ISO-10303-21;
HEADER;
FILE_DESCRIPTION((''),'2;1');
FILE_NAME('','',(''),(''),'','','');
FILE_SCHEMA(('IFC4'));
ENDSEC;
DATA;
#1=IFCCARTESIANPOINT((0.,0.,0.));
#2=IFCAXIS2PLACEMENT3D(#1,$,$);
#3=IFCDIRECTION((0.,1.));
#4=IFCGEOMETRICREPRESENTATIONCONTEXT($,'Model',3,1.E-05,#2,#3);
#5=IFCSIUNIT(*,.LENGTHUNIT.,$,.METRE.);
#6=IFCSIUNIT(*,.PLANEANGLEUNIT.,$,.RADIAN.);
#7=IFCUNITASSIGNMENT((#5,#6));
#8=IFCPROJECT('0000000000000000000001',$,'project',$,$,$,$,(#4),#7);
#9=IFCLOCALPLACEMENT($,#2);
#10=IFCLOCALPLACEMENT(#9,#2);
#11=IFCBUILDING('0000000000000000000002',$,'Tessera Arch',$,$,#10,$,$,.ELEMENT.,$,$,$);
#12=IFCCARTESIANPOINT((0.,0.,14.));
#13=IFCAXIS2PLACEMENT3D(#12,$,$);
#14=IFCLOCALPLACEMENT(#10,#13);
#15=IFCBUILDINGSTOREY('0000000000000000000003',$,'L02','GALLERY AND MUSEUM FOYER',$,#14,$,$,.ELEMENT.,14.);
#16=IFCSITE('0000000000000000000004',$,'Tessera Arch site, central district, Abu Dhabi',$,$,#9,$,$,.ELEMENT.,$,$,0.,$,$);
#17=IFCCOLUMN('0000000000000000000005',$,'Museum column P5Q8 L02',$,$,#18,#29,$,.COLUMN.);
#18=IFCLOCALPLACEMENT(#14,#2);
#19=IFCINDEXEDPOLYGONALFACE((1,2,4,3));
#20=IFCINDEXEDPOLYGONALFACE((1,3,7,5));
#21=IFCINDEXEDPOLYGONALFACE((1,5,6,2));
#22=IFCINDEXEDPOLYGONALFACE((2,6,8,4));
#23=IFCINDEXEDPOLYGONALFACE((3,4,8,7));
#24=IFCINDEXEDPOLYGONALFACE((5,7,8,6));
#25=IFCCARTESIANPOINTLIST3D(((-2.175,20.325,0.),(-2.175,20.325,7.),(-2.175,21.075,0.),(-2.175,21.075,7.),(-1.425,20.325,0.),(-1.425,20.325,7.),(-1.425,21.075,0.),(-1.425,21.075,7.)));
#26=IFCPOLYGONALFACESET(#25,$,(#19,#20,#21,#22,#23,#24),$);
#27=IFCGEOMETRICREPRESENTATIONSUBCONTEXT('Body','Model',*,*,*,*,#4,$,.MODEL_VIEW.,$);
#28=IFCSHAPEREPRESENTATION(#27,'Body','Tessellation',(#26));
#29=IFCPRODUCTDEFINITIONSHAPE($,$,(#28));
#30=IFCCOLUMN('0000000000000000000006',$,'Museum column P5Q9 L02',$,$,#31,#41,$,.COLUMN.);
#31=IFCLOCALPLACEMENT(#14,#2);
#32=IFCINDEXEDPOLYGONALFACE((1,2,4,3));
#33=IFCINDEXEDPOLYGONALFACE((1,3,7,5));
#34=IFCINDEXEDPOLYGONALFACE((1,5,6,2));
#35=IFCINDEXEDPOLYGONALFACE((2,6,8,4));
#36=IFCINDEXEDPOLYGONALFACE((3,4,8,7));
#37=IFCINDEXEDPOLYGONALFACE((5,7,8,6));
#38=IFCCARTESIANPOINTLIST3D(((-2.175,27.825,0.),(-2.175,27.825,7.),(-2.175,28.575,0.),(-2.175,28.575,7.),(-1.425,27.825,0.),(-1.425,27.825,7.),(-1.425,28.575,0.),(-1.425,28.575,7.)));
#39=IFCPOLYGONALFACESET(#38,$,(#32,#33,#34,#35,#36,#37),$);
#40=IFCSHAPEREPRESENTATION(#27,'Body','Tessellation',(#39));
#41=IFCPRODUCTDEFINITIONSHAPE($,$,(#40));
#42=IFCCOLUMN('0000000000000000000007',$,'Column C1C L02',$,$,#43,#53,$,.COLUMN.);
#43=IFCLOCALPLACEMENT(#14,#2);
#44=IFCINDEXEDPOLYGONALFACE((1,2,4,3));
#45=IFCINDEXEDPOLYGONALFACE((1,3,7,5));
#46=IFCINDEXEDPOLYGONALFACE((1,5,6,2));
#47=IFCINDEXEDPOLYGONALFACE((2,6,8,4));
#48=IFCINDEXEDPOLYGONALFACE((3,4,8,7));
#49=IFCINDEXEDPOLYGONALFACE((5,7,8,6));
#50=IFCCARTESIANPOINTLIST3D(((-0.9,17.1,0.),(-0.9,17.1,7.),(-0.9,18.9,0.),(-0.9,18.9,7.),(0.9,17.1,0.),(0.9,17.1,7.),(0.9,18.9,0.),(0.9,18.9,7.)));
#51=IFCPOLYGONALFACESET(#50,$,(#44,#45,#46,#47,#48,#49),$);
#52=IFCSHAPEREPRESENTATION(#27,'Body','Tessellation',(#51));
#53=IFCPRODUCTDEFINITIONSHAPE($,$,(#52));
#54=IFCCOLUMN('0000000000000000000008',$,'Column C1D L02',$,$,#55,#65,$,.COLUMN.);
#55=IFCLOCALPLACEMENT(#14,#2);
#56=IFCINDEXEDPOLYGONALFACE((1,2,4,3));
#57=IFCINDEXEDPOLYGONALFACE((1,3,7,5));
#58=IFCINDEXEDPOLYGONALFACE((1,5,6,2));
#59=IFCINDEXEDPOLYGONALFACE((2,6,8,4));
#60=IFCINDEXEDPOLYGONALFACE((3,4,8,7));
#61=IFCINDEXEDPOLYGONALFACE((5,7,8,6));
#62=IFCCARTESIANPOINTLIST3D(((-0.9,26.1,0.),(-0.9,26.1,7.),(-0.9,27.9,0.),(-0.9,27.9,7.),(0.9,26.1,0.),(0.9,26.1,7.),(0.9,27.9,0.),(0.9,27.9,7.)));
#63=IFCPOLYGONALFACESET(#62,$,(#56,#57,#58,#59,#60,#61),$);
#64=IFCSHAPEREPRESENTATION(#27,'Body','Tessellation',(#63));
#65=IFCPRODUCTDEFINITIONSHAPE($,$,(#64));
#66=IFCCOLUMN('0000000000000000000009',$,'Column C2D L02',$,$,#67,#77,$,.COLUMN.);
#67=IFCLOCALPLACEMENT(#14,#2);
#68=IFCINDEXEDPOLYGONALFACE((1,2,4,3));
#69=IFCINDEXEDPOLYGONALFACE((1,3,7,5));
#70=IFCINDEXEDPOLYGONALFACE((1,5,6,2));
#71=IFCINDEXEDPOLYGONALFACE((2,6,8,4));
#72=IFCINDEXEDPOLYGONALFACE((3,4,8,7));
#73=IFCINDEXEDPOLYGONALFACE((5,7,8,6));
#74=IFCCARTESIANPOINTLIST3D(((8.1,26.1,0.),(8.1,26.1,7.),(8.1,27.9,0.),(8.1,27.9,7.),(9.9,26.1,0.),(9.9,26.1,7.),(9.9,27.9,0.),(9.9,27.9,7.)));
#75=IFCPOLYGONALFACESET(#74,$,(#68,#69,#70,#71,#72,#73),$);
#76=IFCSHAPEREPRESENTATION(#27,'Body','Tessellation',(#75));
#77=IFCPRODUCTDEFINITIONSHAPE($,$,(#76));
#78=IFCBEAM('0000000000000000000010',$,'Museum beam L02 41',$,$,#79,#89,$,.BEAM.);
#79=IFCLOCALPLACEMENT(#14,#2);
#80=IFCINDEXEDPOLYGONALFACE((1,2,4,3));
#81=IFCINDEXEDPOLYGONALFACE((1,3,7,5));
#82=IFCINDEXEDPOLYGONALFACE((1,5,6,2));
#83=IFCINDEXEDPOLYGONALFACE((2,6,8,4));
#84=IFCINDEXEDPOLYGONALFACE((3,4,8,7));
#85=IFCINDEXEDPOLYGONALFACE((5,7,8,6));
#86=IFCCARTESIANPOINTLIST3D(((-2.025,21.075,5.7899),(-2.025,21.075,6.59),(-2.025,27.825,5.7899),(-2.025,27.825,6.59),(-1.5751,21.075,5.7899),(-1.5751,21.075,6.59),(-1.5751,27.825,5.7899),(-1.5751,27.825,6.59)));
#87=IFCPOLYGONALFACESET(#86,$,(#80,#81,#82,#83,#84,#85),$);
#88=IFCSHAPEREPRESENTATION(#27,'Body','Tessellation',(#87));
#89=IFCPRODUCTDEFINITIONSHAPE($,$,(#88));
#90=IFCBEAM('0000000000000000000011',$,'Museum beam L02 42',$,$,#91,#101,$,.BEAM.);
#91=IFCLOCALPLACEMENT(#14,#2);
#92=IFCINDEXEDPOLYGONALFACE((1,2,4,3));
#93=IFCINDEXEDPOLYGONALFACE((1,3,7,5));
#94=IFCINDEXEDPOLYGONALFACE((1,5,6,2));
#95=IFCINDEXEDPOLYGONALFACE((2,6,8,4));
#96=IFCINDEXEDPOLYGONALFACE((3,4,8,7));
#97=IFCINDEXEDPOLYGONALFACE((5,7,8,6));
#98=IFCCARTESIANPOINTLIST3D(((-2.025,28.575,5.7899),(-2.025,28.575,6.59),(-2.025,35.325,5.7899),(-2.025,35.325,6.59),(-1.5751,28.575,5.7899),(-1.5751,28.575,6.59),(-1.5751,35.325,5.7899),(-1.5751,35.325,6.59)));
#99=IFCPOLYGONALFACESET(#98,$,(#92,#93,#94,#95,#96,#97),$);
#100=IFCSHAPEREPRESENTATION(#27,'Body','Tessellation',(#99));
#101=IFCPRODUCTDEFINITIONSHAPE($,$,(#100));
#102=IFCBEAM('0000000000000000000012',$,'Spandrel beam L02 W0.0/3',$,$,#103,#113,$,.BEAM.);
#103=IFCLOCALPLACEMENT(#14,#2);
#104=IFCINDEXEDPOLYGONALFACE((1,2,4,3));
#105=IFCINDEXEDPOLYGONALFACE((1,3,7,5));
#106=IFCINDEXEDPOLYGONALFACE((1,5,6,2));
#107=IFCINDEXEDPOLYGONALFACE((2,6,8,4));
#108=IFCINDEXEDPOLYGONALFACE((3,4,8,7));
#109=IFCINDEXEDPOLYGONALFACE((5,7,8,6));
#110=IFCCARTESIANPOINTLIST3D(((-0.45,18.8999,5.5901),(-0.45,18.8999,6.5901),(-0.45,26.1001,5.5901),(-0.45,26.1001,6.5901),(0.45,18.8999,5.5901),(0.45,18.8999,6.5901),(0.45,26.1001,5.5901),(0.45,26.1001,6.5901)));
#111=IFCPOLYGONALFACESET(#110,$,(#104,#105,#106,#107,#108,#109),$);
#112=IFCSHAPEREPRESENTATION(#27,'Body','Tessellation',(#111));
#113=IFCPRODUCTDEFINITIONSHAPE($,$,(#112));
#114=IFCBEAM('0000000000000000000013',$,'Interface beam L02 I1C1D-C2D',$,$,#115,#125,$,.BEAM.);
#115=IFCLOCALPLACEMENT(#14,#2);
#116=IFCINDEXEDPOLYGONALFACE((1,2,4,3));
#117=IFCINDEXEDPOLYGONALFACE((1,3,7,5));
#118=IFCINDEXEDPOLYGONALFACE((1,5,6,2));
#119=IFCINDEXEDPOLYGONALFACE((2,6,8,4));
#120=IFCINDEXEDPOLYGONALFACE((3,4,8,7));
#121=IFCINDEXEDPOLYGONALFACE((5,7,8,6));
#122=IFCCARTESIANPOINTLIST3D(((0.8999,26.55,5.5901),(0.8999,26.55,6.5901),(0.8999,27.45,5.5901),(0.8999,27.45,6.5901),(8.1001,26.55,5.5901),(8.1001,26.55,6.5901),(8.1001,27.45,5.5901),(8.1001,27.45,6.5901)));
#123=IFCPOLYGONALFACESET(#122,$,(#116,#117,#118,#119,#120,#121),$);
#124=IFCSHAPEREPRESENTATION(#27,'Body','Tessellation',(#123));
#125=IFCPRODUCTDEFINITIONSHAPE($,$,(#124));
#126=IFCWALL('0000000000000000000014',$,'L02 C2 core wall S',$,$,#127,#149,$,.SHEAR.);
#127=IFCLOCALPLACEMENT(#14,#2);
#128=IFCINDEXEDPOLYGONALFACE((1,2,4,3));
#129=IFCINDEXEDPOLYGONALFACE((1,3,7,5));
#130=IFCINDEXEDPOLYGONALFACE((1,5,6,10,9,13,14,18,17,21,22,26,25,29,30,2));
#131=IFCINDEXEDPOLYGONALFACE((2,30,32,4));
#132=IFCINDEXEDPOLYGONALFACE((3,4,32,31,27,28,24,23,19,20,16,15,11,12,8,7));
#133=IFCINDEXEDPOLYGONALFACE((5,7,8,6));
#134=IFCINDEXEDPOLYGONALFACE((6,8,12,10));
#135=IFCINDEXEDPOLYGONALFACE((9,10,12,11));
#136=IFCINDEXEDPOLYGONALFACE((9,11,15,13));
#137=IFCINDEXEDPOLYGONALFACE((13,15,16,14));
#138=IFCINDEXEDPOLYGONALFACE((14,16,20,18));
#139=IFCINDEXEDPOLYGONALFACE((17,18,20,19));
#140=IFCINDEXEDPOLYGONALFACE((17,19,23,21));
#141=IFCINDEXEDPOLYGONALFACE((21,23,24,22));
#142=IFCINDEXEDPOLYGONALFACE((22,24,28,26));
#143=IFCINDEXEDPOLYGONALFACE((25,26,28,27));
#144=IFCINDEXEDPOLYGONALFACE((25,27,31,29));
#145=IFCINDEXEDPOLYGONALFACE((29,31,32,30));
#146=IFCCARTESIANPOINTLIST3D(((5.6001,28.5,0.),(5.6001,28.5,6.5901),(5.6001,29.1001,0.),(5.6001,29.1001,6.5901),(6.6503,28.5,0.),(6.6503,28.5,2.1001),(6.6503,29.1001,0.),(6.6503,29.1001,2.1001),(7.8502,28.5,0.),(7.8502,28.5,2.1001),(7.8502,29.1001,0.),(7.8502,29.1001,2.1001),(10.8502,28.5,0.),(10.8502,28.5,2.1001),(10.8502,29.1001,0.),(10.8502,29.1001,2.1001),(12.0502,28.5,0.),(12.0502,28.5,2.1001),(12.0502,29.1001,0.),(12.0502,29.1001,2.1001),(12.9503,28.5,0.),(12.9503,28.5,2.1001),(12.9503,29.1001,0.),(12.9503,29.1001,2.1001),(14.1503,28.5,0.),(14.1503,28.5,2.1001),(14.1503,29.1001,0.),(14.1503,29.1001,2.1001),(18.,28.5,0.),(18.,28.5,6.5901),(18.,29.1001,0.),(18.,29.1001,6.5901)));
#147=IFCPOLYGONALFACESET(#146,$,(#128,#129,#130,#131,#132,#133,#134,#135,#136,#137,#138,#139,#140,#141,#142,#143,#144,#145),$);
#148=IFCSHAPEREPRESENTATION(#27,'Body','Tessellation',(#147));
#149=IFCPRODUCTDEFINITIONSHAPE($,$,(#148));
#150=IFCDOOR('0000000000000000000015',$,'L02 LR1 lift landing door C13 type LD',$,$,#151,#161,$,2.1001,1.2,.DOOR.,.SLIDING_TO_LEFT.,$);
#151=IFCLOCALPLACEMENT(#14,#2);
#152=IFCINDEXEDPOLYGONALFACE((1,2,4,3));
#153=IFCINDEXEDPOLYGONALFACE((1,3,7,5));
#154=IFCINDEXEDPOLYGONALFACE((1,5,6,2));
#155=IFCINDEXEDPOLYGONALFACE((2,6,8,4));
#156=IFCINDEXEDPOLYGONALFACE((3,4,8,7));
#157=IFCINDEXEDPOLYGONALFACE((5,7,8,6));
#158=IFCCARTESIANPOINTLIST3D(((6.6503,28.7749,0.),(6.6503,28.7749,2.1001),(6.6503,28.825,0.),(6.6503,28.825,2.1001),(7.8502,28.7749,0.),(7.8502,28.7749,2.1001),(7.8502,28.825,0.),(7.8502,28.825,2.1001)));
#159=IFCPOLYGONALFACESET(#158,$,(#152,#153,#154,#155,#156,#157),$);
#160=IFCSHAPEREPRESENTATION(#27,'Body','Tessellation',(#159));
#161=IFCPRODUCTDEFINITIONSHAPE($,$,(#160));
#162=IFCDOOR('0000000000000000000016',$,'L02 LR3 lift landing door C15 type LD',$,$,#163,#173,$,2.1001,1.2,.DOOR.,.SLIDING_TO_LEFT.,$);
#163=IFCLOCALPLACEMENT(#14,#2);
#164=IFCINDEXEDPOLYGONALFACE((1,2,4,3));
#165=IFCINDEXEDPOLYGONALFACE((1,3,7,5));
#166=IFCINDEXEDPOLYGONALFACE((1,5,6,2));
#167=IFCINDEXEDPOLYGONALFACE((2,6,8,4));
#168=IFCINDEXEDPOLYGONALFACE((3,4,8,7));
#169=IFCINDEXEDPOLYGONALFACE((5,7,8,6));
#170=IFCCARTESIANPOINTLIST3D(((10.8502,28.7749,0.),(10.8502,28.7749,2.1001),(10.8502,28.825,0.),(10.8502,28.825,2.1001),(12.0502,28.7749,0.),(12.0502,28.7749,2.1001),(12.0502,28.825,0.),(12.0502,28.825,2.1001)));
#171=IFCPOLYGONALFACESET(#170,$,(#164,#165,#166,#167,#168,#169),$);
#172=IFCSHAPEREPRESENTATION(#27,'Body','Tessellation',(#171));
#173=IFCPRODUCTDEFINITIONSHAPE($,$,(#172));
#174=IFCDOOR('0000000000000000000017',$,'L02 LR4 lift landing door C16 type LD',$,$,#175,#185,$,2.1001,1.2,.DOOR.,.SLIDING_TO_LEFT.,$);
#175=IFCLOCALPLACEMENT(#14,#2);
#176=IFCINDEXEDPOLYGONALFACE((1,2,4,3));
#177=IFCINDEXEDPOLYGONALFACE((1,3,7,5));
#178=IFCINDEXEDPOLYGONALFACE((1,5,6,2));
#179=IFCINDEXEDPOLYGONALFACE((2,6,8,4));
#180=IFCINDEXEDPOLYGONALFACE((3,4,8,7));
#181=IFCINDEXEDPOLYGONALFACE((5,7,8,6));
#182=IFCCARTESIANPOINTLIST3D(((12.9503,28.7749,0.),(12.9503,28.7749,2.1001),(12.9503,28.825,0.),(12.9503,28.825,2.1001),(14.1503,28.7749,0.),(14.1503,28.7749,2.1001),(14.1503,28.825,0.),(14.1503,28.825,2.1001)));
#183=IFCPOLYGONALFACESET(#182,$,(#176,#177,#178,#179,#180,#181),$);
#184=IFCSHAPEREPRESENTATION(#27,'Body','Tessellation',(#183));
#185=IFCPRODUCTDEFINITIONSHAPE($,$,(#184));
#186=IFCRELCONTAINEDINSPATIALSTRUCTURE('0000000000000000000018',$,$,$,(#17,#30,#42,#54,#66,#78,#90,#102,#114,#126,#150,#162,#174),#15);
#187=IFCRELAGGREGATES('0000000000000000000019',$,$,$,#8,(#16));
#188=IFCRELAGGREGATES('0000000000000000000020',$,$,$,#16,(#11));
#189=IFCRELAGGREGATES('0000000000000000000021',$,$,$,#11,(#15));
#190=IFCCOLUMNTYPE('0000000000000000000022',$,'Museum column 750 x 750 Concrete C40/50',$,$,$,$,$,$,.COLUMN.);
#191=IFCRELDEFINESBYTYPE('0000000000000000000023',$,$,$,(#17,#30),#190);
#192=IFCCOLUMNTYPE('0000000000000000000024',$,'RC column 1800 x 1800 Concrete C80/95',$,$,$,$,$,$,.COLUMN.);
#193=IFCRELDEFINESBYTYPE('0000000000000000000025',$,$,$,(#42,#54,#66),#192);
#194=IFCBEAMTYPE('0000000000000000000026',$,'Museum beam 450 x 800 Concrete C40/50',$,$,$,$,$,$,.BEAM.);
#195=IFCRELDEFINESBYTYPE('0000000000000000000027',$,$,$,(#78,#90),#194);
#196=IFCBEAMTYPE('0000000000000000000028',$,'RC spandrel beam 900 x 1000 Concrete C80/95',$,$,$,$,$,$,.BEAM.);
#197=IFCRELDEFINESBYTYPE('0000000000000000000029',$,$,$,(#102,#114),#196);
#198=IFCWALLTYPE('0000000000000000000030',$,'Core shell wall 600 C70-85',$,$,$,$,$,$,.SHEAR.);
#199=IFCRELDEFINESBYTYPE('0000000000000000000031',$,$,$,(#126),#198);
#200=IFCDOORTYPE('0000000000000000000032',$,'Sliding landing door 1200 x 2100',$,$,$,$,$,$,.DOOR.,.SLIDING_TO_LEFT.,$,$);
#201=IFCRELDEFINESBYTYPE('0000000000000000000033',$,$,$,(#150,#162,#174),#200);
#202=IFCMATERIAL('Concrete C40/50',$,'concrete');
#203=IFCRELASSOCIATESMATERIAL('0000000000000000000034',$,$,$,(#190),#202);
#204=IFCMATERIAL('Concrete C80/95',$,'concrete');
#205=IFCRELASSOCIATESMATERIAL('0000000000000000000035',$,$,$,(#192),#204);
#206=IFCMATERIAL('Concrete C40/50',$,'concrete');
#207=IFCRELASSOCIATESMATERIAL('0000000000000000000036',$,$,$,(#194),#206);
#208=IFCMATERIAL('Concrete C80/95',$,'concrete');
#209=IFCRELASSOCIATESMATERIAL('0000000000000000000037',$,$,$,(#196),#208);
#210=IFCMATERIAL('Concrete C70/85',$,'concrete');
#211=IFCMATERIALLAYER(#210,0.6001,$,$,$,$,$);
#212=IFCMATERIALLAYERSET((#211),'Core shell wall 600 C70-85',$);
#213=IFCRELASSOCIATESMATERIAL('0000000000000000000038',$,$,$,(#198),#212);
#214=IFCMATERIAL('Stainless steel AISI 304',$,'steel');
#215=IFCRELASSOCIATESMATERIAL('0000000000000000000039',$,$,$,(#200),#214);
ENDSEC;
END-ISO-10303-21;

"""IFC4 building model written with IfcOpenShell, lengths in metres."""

from ifc_helpers import new_model, si_unit, direction, frame, frame_2d, origin, origin_2d, place, context, subcontext, project, spatial, rectangle, extrude, material, layer, layer_set, material_profile, profile_set, type_object, element, fill, save


model = new_model("IFC4")

# Units and contexts
model_context = context("Model", 3, precision=1e-05, world=origin(), true_north=direction((0.0, 1.0)))
body_context = subcontext(model_context, "Body", "Model", "MODEL_VIEW")
ifc_project = project(units=[si_unit("LENGTHUNIT", "METRE"), si_unit("PLANEANGLEUNIT", "RADIAN")], contexts=[model_context])

# Site, building, storey
site_placement = place(None, origin())
site = spatial("IfcSite", under=ifc_project, at=site_placement, Name="Tessera Arch site, central district, Abu Dhabi", CompositionType="ELEMENT", RefElevation=0.0)
building_placement = place(site_placement, origin())
building = spatial("IfcBuilding", under=site, at=building_placement, Name="Tessera Arch", CompositionType="ELEMENT")
storey_placement = place(building_placement, frame((0.0, 0.0, 14.0)))
storey = spatial("IfcBuildingStorey", under=building, at=storey_placement, Name="L02", Description="GALLERY AND MUSEUM FOYER", CompositionType="ELEMENT", Elevation=14.0)

# Columns
ifc_material_1 = material(Name="Concrete C40/50", Category="concrete")
ifc_material_profile_1 = material_profile(ifc_material_1, rectangle(XDim=0.75, YDim=0.75, at=origin_2d()), Name="Museum column 750 x 750 Concrete C40/50")
ifc_profile_set_1 = profile_set([ifc_material_profile_1], Name="Concrete C40/50")
column_type_1 = type_object("IfcColumnType", Name="Museum column 750 x 750 Concrete C40/50", PredefinedType="COLUMN", material=ifc_profile_set_1)
for number, where, z_axis, x_axis, name in (
    (1, (-1.8, 20.7, 0.0), (0.0, 0.0, 1.0), (1.0, 0.0, 0.0), "Museum column P5Q8 L02"),
    (2, (-1.8, 28.2, 0.0), (0.0, 0.0, 1.0), (1.0, 0.0, 0.0), "Museum column P5Q9 L02"),
):
    element("IfcColumn", number, at=place(storey_placement, frame(where, z_axis=z_axis, x_axis=x_axis)), inside=storey, type_object=column_type_1, Name=name, PredefinedType="COLUMN", context=body_context, shape_type="SweptSolid", body=[
        extrude(rectangle(XDim=0.75, YDim=0.75, at=origin_2d()), origin(), (0.0, 0.0, 1.0), 7.0),
    ])
ifc_material_2 = material(Name="Concrete C80/95", Category="concrete")
ifc_material_profile_2 = material_profile(ifc_material_2, rectangle(XDim=1.8, YDim=1.8, at=origin_2d()), Name="RC column 1800 x 1800 Concrete C80/95")
ifc_profile_set_2 = profile_set([ifc_material_profile_2], Name="Concrete C80/95")
column_type_2 = type_object("IfcColumnType", Name="RC column 1800 x 1800 Concrete C80/95", PredefinedType="COLUMN", material=ifc_profile_set_2)
for number, where, z_axis, x_axis, name in (
    (3, (0.0, 18.0, 0.0), (0.0, 0.0, 1.0), (1.0, 0.0, 0.0), "Column C1C L02"),
    (4, (0.0, 27.0, 0.0), (0.0, 0.0, 1.0), (1.0, 0.0, 0.0), "Column C1D L02"),
    (5, (9.0, 27.0, 0.0), (0.0, 0.0, 1.0), (1.0, 0.0, 0.0), "Column C2D L02"),
):
    element("IfcColumn", number, at=place(storey_placement, frame(where, z_axis=z_axis, x_axis=x_axis)), inside=storey, type_object=column_type_2, Name=name, PredefinedType="COLUMN", context=body_context, shape_type="SweptSolid", body=[
        extrude(rectangle(XDim=1.8, YDim=1.8, at=origin_2d()), origin(), (0.0, 0.0, 1.0), 7.0),
    ])

# Beams
ifc_material_3 = material(Name="Concrete C40/50", Category="concrete")
ifc_material_profile_3 = material_profile(ifc_material_3, rectangle(XDim=0.45, YDim=0.8, at=origin_2d()), Name="Museum beam 450 x 800 Concrete C40/50")
ifc_profile_set_3 = profile_set([ifc_material_profile_3], Name="Concrete C40/50")
beam_type_1 = type_object("IfcBeamType", Name="Museum beam 450 x 800 Concrete C40/50", PredefinedType="BEAM", material=ifc_profile_set_3)
for number, where, z_axis, x_axis, name in (
    (6, (-1.8, 21.075, 6.1899), (0.0, 1.0, 0.0), (-1.0, 0.0, 0.0), "Museum beam L02 41"),
    (7, (-1.8, 28.575, 6.1899), (0.0, 1.0, 0.0), (-1.0, 0.0, 0.0), "Museum beam L02 42"),
):
    element("IfcBeam", number, at=place(storey_placement, frame(where, z_axis=z_axis, x_axis=x_axis)), inside=storey, type_object=beam_type_1, Name=name, PredefinedType="BEAM", context=body_context, shape_type="SweptSolid", body=[
        extrude(rectangle(XDim=0.45, YDim=0.8, at=origin_2d()), origin(), (0.0, 0.0, 1.0), 6.75),
    ])
ifc_material_4 = material(Name="Concrete C80/95", Category="concrete")
ifc_material_profile_4 = material_profile(ifc_material_4, rectangle(XDim=0.8999, YDim=1.0, at=origin_2d()), Name="RC spandrel beam 900 x 1000 Concrete C80/95")
ifc_profile_set_4 = profile_set([ifc_material_profile_4], Name="Concrete C80/95")
beam_type_2 = type_object("IfcBeamType", Name="RC spandrel beam 900 x 1000 Concrete C80/95", PredefinedType="BEAM", material=ifc_profile_set_4)
for number, where, z_axis, x_axis, name in (
    (8, (0.0, 26.1001, 6.0901), (0.0, -1.0, 0.0), (1.0, 0.0, 0.0), "Spandrel beam L02 W0.0/3"),
    (9, (0.8999, 27.0, 6.0901), (1.0, 0.0, 0.0), (0.0, 1.0, 0.0), "Interface beam L02 I1C1D-C2D"),
):
    element("IfcBeam", number, at=place(storey_placement, frame(where, z_axis=z_axis, x_axis=x_axis)), inside=storey, type_object=beam_type_2, Name=name, PredefinedType="BEAM", context=body_context, shape_type="SweptSolid", body=[
        extrude(rectangle(XDim=0.8999, YDim=1.0, at=origin_2d()), origin(), (0.0, 0.0, 1.0), 7.2002),
    ])

# Wall, openings, doors
ifc_material_5 = material(Name="Concrete C70/85", Category="concrete")
ifc_layer_1 = layer(ifc_material_5, 0.6001)
ifc_layer_set_1 = layer_set([ifc_layer_1], Name="Core shell wall 600 C70-85")
wall_type_1 = type_object("IfcWallType", Name="Core shell wall 600 C70-85", PredefinedType="SHEAR", material=ifc_layer_set_1)
wall_1_placement = place(storey_placement, frame((5.6001, 28.8, 0.0), z_axis=(0.0, 0.0, 1.0), x_axis=(1.0, 0.0, 0.0)))
wall_1 = element("IfcWall", 10, at=wall_1_placement, inside=storey, type_object=wall_type_1, Name="L02 C2 core wall S", PredefinedType="SHEAR", context=body_context, shape_type="SweptSolid", body=[
    extrude(rectangle(XDim=12.3999, YDim=0.6001, at=frame_2d((6.2, 0.0))), origin(), (0.0, 0.0, 1.0), 6.5901),
])
opening_1_placement = place(wall_1_placement, frame((1.05, 0.0, 0.0)))
opening_1 = element("IfcOpeningElement", 11, at=opening_1_placement, cuts=wall_1, PredefinedType="OPENING", context=body_context, shape_type="SweptSolid", body=[
    extrude(rectangle(XDim=1.2, YDim=2.1001, at=frame_2d((0.6001, 1.05))), frame((0.0, 0.3101, 0.0), z_axis=(0.0, -1.0, 0.0), x_axis=(1.0, 0.0, 0.0)), (0.0, 0.0, 1.0), 0.6201),
])
opening_2_placement = place(wall_1_placement, frame((5.25, 0.0, 0.0)))
opening_2 = element("IfcOpeningElement", 12, at=opening_2_placement, cuts=wall_1, PredefinedType="OPENING", context=body_context, shape_type="SweptSolid", body=[
    extrude(rectangle(XDim=1.2, YDim=2.1001, at=frame_2d((0.6001, 1.05))), frame((0.0, 0.3101, 0.0), z_axis=(0.0, -1.0, 0.0), x_axis=(1.0, 0.0, 0.0)), (0.0, 0.0, 1.0), 0.6201),
])
opening_3_placement = place(wall_1_placement, frame((7.3501, 0.0, 0.0)))
opening_3 = element("IfcOpeningElement", 13, at=opening_3_placement, cuts=wall_1, PredefinedType="OPENING", context=body_context, shape_type="SweptSolid", body=[
    extrude(rectangle(XDim=1.2, YDim=2.1001, at=frame_2d((0.6001, 1.05))), frame((0.0, 0.3101, 0.0), z_axis=(0.0, -1.0, 0.0), x_axis=(1.0, 0.0, 0.0)), (0.0, 0.0, 1.0), 0.6201),
])
ifc_material_6 = material(Name="Stainless steel AISI 304", Category="steel")
door_type_1 = type_object("IfcDoorType", Name="Sliding landing door 1200 x 2100", OperationType="SLIDING_TO_LEFT", PredefinedType="DOOR", material=ifc_material_6)
door_1_placement = place(opening_1_placement, origin())
door_1 = element("IfcDoor", 14, at=door_1_placement, inside=storey, type_object=door_type_1, Name="L02 LR1 lift landing door C13 type LD", OperationType="SLIDING_TO_LEFT", OverallHeight=2.1001, OverallWidth=1.2, PredefinedType="DOOR", context=body_context, shape_type="SweptSolid", body=[
    extrude(rectangle(XDim=1.2, YDim=2.1001, at=frame_2d((0.6001, 1.05))), frame((0.0, 0.0249, 0.0), z_axis=(0.0, -1.0, 0.0), x_axis=(1.0, 0.0, 0.0)), (0.0, 0.0, 1.0), 0.05),
])
fill(opening_1, door_1)
door_2_placement = place(opening_2_placement, origin())
door_2 = element("IfcDoor", 15, at=door_2_placement, inside=storey, type_object=door_type_1, Name="L02 LR3 lift landing door C15 type LD", OperationType="SLIDING_TO_LEFT", OverallHeight=2.1001, OverallWidth=1.2, PredefinedType="DOOR", context=body_context, shape_type="SweptSolid", body=[
    extrude(rectangle(XDim=1.2, YDim=2.1001, at=frame_2d((0.6001, 1.05))), frame((0.0, 0.0249, 0.0), z_axis=(0.0, -1.0, 0.0), x_axis=(1.0, 0.0, 0.0)), (0.0, 0.0, 1.0), 0.05),
])
fill(opening_2, door_2)
door_3_placement = place(opening_3_placement, origin())
door_3 = element("IfcDoor", 16, at=door_3_placement, inside=storey, type_object=door_type_1, Name="L02 LR4 lift landing door C16 type LD", OperationType="SLIDING_TO_LEFT", OverallHeight=2.1001, OverallWidth=1.2, PredefinedType="DOOR", context=body_context, shape_type="SweptSolid", body=[
    extrude(rectangle(XDim=1.2, YDim=2.1001, at=frame_2d((0.6001, 1.05))), frame((0.0, 0.0249, 0.0), z_axis=(0.0, -1.0, 0.0), x_axis=(1.0, 0.0, 0.0)), (0.0, 0.0, 1.0), 0.05),
])
fill(opening_3, door_3)

save(model, "model.ifc")
